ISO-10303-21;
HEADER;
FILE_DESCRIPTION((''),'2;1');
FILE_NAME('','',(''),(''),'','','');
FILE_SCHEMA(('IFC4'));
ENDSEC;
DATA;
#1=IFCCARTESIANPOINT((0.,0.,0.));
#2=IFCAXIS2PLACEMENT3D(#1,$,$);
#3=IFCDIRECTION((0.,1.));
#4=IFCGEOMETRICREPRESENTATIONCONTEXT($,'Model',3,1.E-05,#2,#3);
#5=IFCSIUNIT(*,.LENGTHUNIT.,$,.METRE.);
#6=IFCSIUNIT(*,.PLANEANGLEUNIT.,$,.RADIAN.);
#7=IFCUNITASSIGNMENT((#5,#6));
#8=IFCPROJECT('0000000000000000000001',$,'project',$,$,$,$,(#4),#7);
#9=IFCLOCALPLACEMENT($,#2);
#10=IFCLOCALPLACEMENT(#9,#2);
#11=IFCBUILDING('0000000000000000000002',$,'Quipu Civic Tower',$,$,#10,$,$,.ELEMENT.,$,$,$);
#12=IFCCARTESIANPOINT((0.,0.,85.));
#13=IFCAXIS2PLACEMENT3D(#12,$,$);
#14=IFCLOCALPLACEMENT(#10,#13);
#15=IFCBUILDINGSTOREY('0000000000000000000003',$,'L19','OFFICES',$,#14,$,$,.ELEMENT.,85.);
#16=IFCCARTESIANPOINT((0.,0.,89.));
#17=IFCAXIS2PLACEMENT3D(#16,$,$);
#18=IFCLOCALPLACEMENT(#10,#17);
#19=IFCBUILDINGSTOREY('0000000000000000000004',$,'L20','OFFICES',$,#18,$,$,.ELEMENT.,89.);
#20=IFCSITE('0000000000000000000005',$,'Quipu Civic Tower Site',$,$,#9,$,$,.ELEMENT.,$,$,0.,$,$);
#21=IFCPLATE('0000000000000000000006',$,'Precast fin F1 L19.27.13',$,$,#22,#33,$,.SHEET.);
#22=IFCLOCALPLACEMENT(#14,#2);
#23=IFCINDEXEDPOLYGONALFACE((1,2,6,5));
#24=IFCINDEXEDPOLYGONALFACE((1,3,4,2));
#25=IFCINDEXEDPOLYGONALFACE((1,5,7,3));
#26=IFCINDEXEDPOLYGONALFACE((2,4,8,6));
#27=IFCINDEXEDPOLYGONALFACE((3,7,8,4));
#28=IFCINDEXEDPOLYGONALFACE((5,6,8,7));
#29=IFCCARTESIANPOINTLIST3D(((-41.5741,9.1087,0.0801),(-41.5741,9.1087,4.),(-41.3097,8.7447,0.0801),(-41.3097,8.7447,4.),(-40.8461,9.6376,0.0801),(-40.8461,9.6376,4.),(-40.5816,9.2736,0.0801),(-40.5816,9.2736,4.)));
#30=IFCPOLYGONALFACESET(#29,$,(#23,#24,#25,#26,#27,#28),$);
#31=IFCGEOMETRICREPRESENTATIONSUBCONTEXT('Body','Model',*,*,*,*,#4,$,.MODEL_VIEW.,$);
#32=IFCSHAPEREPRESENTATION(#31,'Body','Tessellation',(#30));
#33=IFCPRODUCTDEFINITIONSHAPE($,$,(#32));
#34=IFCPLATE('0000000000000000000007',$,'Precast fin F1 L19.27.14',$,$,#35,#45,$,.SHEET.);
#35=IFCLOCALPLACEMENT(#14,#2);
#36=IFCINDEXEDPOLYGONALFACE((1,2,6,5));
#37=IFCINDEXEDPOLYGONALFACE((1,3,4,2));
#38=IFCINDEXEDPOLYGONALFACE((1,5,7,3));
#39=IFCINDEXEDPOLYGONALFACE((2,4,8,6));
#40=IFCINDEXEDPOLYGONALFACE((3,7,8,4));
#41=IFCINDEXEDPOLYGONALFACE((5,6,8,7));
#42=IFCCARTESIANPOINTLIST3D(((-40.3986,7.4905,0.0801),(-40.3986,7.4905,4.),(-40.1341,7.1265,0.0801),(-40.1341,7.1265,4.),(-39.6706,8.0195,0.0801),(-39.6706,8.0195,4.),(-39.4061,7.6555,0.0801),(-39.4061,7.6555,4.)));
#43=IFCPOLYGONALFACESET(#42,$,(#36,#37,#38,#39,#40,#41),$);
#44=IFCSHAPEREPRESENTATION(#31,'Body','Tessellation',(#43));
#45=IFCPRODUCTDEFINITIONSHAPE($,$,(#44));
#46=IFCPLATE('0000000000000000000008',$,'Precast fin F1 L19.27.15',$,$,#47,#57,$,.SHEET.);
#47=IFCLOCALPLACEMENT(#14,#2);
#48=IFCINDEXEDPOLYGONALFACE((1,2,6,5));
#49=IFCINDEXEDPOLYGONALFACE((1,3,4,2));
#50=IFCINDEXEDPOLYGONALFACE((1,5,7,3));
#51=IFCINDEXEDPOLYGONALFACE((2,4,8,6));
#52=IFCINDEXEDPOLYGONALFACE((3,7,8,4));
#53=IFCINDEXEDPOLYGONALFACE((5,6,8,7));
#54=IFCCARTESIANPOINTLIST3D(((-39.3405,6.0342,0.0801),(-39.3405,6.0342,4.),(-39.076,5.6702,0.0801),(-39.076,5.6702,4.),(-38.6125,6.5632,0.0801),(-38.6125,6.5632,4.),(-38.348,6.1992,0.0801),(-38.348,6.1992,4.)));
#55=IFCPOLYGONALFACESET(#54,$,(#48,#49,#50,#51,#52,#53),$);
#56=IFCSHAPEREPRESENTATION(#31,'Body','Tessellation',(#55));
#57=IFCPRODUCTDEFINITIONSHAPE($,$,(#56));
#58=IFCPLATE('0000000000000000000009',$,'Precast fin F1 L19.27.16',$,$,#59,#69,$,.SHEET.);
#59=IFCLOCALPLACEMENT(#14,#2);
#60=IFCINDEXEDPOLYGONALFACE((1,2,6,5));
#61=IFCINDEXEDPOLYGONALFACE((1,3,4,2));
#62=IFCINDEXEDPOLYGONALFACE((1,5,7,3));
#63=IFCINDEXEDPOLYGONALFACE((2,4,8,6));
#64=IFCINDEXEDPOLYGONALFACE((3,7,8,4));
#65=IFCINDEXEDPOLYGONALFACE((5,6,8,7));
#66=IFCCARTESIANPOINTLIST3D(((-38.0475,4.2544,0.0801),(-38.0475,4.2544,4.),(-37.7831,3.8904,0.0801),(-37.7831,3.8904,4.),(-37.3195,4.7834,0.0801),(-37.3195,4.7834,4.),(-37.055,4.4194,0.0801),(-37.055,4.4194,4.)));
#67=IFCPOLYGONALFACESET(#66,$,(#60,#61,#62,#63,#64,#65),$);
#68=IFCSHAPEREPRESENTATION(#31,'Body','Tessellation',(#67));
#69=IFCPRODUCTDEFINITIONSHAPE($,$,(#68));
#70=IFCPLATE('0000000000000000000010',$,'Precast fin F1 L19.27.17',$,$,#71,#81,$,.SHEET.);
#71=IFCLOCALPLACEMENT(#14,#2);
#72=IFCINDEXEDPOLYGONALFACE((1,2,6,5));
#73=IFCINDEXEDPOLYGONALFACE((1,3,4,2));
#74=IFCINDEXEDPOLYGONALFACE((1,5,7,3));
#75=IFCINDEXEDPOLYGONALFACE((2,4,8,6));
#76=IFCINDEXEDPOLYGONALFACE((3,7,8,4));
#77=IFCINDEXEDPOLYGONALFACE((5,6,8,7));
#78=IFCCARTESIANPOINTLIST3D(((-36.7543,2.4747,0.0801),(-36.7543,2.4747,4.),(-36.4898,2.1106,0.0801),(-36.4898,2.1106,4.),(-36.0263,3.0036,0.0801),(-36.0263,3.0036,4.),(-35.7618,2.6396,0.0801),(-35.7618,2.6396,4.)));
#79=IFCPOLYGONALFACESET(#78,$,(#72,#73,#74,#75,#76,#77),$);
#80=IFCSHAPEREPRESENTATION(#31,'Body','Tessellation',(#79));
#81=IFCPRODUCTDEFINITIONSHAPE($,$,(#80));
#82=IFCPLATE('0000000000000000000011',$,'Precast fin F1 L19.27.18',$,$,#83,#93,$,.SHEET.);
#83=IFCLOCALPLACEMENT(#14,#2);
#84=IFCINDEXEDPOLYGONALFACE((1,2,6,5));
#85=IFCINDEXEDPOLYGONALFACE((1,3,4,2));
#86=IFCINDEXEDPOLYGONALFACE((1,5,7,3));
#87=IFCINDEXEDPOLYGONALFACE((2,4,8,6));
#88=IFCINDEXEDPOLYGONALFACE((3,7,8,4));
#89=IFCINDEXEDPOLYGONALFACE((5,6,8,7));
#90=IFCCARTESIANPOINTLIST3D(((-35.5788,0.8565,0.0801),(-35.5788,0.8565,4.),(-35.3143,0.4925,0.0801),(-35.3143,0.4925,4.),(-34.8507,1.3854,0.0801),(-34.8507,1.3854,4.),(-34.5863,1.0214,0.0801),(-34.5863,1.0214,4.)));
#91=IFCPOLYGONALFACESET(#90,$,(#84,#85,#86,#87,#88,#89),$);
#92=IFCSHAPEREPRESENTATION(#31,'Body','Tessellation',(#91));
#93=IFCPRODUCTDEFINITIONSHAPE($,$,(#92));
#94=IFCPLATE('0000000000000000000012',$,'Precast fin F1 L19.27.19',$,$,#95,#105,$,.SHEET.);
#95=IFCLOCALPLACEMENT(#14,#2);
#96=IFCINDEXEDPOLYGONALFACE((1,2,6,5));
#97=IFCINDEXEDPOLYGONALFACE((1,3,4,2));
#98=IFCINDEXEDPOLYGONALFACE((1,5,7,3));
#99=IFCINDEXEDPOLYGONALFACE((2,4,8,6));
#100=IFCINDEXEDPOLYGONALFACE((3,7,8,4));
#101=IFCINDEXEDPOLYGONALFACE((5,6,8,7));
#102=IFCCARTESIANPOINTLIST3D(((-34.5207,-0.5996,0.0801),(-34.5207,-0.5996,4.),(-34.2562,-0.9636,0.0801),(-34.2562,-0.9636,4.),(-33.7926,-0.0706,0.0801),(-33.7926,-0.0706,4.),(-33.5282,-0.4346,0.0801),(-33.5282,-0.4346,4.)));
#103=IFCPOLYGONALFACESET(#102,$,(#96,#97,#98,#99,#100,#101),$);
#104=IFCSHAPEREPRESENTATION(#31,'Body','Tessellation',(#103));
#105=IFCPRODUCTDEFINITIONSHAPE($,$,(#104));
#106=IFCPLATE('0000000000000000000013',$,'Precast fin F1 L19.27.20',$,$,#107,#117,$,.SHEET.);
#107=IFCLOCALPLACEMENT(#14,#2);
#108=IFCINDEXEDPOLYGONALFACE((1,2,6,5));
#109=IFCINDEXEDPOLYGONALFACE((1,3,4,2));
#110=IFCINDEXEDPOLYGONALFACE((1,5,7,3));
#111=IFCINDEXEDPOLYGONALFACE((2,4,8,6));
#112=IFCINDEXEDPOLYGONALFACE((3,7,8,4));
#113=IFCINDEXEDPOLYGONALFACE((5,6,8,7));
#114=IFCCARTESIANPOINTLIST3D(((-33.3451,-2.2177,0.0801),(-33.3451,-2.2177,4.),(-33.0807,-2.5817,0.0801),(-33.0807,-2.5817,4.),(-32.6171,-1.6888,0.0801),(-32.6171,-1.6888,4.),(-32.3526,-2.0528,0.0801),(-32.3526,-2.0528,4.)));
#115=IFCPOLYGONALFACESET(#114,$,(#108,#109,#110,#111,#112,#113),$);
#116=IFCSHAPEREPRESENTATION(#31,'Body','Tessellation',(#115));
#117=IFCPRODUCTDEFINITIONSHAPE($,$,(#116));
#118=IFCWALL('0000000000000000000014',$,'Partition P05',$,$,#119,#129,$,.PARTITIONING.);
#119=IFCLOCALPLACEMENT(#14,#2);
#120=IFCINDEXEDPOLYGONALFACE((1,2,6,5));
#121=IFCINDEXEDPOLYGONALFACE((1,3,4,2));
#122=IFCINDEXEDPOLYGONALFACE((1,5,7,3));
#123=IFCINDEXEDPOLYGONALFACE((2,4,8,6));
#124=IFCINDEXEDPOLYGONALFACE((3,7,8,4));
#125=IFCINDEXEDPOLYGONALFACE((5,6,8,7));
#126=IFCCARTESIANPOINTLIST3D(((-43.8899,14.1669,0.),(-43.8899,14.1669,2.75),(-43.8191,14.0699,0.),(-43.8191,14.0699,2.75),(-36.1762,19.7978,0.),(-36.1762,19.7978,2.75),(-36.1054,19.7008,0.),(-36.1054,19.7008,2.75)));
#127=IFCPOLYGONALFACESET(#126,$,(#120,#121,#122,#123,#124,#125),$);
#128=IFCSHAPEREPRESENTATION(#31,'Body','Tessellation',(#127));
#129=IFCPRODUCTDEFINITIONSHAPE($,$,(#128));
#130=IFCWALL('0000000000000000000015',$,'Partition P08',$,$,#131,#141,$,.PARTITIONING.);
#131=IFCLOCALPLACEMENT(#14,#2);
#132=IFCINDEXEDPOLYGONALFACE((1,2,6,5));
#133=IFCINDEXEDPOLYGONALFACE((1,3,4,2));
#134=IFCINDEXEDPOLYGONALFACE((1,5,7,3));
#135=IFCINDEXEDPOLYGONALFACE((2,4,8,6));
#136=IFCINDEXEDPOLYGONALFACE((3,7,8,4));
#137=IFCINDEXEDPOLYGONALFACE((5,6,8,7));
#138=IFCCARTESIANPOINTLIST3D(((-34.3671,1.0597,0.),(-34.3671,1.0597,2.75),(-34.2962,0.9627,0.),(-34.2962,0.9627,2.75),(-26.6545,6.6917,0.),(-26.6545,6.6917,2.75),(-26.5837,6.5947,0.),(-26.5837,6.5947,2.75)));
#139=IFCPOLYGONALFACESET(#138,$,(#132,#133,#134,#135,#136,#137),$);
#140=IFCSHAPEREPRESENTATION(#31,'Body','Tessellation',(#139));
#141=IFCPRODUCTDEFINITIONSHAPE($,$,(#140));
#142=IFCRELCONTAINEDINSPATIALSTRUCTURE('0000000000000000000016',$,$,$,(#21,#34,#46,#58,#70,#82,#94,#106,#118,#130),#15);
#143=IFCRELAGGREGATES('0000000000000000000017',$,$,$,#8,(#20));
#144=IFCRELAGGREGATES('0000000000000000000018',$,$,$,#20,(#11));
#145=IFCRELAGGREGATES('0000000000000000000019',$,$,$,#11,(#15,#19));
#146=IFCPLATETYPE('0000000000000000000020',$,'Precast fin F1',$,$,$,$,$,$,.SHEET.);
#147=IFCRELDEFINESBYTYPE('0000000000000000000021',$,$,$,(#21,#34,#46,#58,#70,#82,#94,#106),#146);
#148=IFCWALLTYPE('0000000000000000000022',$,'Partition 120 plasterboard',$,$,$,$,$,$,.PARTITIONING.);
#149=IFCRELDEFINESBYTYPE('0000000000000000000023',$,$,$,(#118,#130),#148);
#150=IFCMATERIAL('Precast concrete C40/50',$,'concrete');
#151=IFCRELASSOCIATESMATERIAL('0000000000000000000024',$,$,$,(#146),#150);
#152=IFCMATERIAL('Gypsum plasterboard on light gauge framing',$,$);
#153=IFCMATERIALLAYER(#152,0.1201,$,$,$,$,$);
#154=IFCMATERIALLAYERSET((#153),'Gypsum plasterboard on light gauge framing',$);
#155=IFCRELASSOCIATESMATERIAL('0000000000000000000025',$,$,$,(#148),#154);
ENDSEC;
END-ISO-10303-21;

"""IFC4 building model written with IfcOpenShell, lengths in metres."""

from ifc_helpers import new_model, si_unit, direction, frame, frame_2d, origin, origin_2d, place, context, subcontext, project, spatial, rectangle, extrude, material, layer, layer_set, type_object, element, save


model = new_model("IFC4")

# Units and contexts
model_context = context("Model", 3, precision=1e-05, world=origin(), true_north=direction((0.0, 1.0)))
body_context = subcontext(model_context, "Body", "Model", "MODEL_VIEW")
ifc_project = project(units=[si_unit("LENGTHUNIT", "METRE"), si_unit("PLANEANGLEUNIT", "RADIAN")], contexts=[model_context])

# Site, building, storey
site_placement = place(None, origin())
site = spatial("IfcSite", under=ifc_project, at=site_placement, Name="Quipu Civic Tower Site", CompositionType="ELEMENT", RefElevation=0.0)
building_placement = place(site_placement, origin())
building = spatial("IfcBuilding", under=site, at=building_placement, Name="Quipu Civic Tower", CompositionType="ELEMENT")
storey_1_placement = place(building_placement, frame((0.0, 0.0, 85.0)))
storey_1 = spatial("IfcBuildingStorey", under=building, at=storey_1_placement, Name="L19", Description="OFFICES", CompositionType="ELEMENT", Elevation=85.0)

# Shared definitions
storey_2_placement = place(building_placement, frame((0.0, 0.0, 89.0)))
storey_2 = spatial("IfcBuildingStorey", under=building, at=storey_2_placement, Name="L20", Description="OFFICES", CompositionType="ELEMENT", Elevation=89.0)

# Plates
ifc_material_1 = material(Name="Precast concrete C40/50", Category="concrete")
plate_type_1 = type_object("IfcPlateType", Name="Precast fin F1", PredefinedType="SHEET", material=ifc_material_1)
for number, where, z_axis, x_axis, name in (
    (1, (-41.0779, 9.1912, 0.0801), (0.0, 0.0, 1.0), (0.587786, -0.809017, 0.0), "Precast fin F1 L19.27.13"),
    (2, (-39.9023, 7.573, 0.0801), (0.0, 0.0, 1.0), (0.587786, -0.809017, 0.0), "Precast fin F1 L19.27.14"),
    (3, (-38.8442, 6.1167, 0.0801), (0.0, 0.0, 1.0), (0.587786, -0.809017, 0.0), "Precast fin F1 L19.27.15"),
    (4, (-37.5513, 4.3369, 0.0801), (0.0, 0.0, 1.0), (0.587786, -0.809017, 0.0), "Precast fin F1 L19.27.16"),
    (5, (-36.2581, 2.5571, 0.0801), (0.0, 0.0, 1.0), (0.587786, -0.809017, 0.0), "Precast fin F1 L19.27.17"),
    (6, (-35.0825, 0.939, 0.0801), (0.0, 0.0, 1.0), (0.587786, -0.809017, 0.0), "Precast fin F1 L19.27.18"),
    (7, (-34.0244, -0.5171, 0.0801), (0.0, 0.0, 1.0), (0.587786, -0.809017, 0.0), "Precast fin F1 L19.27.19"),
    (8, (-32.8489, -2.1353, 0.0801), (0.0, 0.0, 1.0), (0.587786, -0.809017, 0.0), "Precast fin F1 L19.27.20"),
):
    element("IfcPlate", number, at=place(storey_1_placement, frame(where, z_axis=z_axis, x_axis=x_axis)), inside=storey_1, type_object=plate_type_1, Name=name, PredefinedType="SHEET", context=body_context, shape_type="SweptSolid", body=[
        extrude(rectangle(XDim=0.45, YDim=0.8999, at=origin_2d()), origin(), (0.0, 0.0, 1.0), 3.9199),
    ])

# Walls
ifc_material_2 = material(Name="Gypsum plasterboard on light gauge framing")
ifc_layer_1 = layer(ifc_material_2, 0.1201)
ifc_layer_set_1 = layer_set([ifc_layer_1], Name="Gypsum plasterboard on light gauge framing")
wall_type = type_object("IfcWallType", Name="Partition 120 plasterboard", PredefinedType="PARTITIONING", material=ifc_layer_set_1)
wall_1_placement = place(storey_1_placement, frame((-43.8545, 14.1184, 0.0), z_axis=(0.0, 0.0, 1.0), x_axis=(0.807691, 0.589606, 0.0)))
element("IfcWall", 9, at=wall_1_placement, inside=storey_1, type_object=wall_type, Name="Partition P05", PredefinedType="PARTITIONING", context=body_context, shape_type="SweptSolid", body=[
    extrude(rectangle(XDim=9.5503, YDim=0.1201, at=frame_2d((4.7751, 0.0))), origin(), (0.0, 0.0, 1.0), 2.75),
])
wall_2_placement = place(storey_1_placement, frame((-34.3315, 1.0112, 0.0), z_axis=(0.0, 0.0, 1.0), x_axis=(0.807595, 0.589738, 0.0)))
element("IfcWall", 10, at=wall_2_placement, inside=storey_1, type_object=wall_type, Name="Partition P08", PredefinedType="PARTITIONING", context=body_context, shape_type="SweptSolid", body=[
    extrude(rectangle(XDim=9.55, YDim=0.1201, at=frame_2d((4.7749, 0.0))), origin(), (0.0, 0.0, 1.0), 2.75),
])

save(model, "model.ifc")
